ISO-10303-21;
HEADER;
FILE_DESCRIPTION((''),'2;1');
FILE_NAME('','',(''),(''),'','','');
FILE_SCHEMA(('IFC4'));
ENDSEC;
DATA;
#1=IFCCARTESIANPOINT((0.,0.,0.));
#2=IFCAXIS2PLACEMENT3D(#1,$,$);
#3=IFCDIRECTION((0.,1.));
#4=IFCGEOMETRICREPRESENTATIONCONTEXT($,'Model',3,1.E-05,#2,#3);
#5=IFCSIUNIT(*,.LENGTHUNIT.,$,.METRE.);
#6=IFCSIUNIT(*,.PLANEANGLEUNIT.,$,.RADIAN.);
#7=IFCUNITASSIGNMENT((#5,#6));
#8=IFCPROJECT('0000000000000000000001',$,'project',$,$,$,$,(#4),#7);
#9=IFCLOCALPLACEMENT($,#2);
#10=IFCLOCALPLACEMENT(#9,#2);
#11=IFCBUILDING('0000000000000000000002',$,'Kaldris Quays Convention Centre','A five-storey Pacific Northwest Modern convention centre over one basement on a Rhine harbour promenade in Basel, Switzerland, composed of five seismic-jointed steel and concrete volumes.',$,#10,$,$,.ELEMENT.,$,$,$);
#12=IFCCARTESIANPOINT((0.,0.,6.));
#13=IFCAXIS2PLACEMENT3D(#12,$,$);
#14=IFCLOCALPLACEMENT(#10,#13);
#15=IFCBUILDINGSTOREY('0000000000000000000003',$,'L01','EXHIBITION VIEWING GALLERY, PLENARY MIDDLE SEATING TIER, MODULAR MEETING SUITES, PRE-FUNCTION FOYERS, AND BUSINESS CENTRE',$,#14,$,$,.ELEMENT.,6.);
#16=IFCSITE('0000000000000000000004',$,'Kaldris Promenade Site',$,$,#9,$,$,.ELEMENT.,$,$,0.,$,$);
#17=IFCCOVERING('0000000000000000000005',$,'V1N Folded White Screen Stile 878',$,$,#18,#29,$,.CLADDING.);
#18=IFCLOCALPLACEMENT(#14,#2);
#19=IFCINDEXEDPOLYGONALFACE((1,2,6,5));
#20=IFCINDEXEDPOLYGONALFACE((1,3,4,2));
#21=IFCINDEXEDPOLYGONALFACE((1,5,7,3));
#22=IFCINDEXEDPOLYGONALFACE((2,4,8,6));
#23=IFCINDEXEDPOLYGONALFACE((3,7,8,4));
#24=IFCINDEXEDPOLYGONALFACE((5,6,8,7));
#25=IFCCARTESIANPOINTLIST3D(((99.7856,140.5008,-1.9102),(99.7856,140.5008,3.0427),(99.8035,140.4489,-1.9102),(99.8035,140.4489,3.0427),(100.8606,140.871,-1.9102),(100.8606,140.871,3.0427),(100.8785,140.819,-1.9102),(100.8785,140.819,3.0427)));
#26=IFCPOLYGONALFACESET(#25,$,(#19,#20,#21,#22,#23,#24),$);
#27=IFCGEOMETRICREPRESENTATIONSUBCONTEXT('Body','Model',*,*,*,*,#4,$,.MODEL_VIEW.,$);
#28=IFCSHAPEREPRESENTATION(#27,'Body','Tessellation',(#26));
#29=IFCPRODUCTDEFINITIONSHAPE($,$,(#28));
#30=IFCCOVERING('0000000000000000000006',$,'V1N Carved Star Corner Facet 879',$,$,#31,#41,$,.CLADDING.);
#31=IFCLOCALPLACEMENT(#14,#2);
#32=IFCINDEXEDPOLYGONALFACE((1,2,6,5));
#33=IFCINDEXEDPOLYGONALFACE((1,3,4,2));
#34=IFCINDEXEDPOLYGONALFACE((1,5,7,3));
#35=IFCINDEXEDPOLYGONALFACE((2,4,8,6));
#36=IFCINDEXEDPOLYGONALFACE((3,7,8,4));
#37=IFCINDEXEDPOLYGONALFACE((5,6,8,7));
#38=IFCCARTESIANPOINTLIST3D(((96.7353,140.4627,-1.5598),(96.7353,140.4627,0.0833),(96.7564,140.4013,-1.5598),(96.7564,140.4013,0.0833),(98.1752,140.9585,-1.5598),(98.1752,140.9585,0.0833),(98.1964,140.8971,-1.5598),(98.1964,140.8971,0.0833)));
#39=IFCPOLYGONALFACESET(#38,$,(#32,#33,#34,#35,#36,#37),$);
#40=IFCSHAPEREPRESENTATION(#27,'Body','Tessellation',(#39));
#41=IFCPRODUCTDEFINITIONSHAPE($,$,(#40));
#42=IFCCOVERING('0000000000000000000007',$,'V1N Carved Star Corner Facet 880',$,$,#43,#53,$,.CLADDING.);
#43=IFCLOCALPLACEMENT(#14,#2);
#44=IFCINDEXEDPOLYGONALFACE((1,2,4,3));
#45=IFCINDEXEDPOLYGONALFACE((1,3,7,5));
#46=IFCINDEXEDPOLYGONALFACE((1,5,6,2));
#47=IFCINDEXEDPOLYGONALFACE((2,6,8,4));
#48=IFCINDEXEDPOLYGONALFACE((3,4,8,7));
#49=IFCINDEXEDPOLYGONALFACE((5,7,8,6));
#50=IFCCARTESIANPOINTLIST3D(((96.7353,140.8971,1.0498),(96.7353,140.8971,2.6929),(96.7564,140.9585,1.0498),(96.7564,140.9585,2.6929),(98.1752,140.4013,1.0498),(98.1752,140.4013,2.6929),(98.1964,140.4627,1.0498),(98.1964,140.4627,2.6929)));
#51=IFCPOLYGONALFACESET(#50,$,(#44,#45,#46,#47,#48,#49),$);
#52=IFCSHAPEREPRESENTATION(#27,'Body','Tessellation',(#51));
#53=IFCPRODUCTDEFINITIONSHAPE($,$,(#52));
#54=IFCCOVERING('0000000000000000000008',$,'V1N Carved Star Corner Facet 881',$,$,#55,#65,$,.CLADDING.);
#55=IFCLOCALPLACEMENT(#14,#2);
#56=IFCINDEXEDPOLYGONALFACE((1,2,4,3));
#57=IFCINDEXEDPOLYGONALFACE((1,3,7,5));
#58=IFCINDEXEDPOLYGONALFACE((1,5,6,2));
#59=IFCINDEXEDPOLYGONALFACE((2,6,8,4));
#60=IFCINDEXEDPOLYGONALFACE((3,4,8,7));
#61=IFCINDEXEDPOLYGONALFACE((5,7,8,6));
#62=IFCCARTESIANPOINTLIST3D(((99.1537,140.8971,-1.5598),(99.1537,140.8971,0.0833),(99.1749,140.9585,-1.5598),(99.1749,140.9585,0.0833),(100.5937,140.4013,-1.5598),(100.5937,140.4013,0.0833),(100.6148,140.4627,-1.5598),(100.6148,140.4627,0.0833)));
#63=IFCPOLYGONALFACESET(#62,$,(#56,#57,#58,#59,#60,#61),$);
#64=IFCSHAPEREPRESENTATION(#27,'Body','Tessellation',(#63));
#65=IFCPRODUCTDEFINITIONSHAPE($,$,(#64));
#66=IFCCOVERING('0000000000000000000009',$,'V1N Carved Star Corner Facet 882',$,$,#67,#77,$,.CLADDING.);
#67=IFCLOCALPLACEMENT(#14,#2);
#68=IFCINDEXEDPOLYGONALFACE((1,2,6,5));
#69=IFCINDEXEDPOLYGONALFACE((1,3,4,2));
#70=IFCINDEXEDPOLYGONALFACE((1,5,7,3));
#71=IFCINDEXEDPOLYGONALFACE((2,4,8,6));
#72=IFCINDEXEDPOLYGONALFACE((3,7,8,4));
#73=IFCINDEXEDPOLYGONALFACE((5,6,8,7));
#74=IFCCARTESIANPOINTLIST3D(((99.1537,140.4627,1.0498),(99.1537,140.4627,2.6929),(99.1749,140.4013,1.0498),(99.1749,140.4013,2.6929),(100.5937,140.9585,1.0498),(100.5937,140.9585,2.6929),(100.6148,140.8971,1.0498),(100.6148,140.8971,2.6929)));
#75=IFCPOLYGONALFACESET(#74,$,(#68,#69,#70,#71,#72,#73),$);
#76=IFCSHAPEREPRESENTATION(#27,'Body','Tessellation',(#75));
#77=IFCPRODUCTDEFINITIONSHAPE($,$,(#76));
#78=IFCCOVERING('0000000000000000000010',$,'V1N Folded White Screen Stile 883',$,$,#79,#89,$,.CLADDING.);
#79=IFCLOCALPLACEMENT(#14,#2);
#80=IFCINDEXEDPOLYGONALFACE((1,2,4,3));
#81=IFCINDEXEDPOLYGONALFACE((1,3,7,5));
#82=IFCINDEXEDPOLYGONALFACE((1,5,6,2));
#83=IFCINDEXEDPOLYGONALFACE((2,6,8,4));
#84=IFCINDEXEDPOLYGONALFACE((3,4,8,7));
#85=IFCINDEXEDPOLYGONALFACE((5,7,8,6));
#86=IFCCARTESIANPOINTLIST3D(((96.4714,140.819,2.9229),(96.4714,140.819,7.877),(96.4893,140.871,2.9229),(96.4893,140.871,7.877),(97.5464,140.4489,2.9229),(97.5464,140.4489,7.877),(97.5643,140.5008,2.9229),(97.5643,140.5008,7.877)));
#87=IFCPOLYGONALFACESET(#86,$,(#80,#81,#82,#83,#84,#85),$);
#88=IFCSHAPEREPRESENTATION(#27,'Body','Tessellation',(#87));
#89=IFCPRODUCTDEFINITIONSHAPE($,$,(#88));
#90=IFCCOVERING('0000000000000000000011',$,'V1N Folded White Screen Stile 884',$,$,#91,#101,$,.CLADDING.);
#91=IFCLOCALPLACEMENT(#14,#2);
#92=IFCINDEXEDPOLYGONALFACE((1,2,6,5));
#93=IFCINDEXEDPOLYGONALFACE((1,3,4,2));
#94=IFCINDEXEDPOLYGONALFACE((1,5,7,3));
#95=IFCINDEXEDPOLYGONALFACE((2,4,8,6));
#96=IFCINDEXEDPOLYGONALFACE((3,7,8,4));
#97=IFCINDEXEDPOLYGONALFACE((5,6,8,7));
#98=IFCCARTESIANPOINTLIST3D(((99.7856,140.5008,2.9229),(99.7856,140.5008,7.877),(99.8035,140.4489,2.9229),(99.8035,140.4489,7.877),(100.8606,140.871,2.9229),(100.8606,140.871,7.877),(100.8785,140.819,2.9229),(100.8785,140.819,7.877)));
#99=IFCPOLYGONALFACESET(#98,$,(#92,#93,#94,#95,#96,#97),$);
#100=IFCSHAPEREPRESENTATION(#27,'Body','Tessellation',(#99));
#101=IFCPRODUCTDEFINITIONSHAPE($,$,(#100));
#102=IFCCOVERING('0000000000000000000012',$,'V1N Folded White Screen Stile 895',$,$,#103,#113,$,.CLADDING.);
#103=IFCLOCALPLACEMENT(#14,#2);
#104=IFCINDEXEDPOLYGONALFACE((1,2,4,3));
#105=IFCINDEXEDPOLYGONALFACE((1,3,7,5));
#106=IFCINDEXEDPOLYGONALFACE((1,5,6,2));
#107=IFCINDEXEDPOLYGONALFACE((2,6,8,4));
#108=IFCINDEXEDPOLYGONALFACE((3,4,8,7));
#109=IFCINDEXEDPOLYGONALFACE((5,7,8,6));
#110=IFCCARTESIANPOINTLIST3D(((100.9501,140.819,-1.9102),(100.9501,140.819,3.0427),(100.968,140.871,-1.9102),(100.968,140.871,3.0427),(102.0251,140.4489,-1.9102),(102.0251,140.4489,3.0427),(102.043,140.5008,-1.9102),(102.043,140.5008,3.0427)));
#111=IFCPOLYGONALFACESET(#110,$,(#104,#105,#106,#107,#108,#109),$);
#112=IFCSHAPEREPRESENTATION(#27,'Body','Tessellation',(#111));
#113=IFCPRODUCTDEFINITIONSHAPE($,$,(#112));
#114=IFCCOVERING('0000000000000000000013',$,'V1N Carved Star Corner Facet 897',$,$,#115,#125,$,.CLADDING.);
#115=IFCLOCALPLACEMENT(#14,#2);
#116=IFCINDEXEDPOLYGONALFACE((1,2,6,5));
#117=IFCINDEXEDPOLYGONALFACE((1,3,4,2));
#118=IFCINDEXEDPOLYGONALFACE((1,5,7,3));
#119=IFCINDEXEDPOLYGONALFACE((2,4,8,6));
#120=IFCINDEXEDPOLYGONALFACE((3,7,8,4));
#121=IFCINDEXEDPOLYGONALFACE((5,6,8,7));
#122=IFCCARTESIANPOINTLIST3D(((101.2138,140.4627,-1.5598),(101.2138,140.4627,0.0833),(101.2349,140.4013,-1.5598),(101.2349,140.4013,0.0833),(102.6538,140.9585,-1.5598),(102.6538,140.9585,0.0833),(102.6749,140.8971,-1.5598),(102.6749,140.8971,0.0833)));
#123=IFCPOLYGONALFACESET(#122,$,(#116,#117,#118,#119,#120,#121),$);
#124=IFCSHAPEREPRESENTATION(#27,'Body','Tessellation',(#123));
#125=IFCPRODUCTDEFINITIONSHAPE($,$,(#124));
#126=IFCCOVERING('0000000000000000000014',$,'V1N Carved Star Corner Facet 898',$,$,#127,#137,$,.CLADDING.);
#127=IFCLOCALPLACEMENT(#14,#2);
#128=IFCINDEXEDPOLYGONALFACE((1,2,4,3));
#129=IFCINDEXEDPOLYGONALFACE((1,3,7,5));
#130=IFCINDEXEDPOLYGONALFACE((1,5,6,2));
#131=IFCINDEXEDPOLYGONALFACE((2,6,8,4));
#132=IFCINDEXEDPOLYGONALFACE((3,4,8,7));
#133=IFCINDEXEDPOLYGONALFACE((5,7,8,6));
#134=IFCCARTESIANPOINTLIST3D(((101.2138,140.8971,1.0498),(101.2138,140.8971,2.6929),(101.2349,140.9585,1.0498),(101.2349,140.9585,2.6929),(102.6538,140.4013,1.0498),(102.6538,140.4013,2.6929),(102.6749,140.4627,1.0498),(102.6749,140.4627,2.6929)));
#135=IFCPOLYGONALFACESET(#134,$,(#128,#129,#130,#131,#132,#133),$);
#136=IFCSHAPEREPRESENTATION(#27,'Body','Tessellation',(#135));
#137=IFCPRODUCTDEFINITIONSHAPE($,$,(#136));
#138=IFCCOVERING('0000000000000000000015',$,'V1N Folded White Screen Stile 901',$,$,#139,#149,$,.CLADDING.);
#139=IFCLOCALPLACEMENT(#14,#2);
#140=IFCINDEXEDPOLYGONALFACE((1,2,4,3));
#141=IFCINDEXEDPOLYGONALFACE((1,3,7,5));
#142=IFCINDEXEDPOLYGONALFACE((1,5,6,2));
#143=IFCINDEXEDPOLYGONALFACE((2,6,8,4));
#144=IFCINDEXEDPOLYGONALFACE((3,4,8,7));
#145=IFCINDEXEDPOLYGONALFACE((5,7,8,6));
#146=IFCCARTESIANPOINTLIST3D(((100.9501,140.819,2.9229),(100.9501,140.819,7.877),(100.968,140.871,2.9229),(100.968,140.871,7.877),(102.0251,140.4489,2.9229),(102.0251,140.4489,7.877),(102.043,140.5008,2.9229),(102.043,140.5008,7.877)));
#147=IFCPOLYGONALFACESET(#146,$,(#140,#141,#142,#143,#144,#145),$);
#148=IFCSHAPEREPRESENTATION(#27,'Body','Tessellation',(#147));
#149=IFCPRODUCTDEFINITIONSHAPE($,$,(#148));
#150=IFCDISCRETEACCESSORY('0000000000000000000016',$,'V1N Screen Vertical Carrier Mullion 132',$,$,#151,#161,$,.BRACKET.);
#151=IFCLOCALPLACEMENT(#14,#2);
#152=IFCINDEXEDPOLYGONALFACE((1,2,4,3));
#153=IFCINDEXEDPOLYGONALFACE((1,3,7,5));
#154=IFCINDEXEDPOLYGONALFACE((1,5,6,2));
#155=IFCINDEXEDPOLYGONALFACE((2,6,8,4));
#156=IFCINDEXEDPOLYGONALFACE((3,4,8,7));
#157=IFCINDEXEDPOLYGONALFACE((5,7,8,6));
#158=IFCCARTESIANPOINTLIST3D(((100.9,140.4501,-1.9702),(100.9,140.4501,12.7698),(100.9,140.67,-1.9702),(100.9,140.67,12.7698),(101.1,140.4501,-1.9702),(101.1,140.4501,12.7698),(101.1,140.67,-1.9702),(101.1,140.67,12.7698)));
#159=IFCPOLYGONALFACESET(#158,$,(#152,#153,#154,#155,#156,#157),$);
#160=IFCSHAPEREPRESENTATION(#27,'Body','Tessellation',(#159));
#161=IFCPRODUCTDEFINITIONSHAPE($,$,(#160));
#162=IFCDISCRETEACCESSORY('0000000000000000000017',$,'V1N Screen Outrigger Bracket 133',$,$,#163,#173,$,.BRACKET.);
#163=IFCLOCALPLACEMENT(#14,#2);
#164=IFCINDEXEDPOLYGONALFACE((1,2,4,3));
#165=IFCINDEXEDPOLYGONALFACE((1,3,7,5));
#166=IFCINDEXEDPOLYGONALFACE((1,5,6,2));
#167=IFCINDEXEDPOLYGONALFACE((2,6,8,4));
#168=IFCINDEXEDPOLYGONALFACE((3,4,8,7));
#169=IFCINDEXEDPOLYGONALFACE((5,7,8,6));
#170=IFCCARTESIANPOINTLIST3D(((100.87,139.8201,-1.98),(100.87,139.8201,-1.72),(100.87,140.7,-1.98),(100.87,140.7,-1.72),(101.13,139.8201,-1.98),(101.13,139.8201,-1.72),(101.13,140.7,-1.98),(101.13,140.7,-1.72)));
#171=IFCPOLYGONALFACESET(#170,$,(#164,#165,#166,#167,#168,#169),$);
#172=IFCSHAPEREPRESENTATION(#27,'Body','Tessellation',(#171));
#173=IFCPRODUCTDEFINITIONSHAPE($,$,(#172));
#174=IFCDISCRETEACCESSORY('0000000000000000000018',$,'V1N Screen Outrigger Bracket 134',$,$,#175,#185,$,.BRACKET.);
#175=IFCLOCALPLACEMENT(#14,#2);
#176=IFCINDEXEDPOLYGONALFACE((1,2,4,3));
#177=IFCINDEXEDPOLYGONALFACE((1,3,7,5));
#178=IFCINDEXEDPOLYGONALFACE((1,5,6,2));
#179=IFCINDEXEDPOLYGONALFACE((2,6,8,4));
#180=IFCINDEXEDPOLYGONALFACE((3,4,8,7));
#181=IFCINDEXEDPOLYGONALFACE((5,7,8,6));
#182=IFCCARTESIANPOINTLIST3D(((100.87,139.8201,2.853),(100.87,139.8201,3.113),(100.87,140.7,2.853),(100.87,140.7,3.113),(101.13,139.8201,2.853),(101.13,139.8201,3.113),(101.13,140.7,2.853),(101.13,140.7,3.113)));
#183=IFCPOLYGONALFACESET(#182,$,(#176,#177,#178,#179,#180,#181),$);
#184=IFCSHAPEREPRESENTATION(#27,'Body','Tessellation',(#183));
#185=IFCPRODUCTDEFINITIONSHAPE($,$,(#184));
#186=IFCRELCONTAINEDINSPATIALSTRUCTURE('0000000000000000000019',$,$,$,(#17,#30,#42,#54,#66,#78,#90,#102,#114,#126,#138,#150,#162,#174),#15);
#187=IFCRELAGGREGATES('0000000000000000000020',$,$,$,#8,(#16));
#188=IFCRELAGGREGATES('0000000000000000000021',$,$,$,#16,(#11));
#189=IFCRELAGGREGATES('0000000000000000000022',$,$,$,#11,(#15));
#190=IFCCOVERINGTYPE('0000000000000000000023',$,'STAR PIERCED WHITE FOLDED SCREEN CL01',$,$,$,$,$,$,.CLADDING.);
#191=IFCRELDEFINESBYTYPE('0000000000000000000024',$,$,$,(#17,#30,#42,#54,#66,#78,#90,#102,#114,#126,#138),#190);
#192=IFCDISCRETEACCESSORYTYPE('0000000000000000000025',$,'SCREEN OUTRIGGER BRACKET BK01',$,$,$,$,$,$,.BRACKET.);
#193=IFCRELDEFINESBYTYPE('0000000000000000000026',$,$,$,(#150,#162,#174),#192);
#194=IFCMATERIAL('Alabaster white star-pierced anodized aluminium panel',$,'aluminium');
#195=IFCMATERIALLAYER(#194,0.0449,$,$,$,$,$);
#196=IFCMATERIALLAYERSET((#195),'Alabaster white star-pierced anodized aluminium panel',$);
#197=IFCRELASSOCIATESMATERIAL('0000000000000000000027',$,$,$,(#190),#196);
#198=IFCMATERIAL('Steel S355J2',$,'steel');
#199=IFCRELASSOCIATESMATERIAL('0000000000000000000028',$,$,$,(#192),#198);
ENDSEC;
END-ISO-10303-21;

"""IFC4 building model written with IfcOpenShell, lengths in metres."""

from ifc_helpers import new_model, si_unit, direction, frame, origin, origin_2d, place, context, subcontext, project, spatial, rectangle, extrude, material, layer, layer_set, type_object, element, save


model = new_model("IFC4")

# Units and contexts
model_context = context("Model", 3, precision=1e-05, world=origin(), true_north=direction((0.0, 1.0)))
body_context = subcontext(model_context, "Body", "Model", "MODEL_VIEW")
ifc_project = project(units=[si_unit("LENGTHUNIT", "METRE"), si_unit("PLANEANGLEUNIT", "RADIAN")], contexts=[model_context])

# Site, building, storey
site_placement = place(None, origin())
site = spatial("IfcSite", under=ifc_project, at=site_placement, Name="Kaldris Promenade Site", CompositionType="ELEMENT", RefElevation=0.0)
building_placement = place(site_placement, origin())
building = spatial("IfcBuilding", under=site, at=building_placement, Name="Kaldris Quays Convention Centre", Description="A five-storey Pacific Northwest Modern convention centre over one basement on a Rhine harbour promenade in Basel, Switzerland, composed of five seismic-jointed steel and concrete volumes.", CompositionType="ELEMENT")
storey_placement = place(building_placement, frame((0.0, 0.0, 6.0)))
storey = spatial("IfcBuildingStorey", under=building, at=storey_placement, Name="L01", Description="EXHIBITION VIEWING GALLERY, PLENARY MIDDLE SEATING TIER, MODULAR MEETING SUITES, PRE-FUNCTION FOYERS, AND BUSINESS CENTRE", CompositionType="ELEMENT", Elevation=6.0)

# Shared definitions
ifc_material_1 = material(Name="Steel S355J2", Category="steel")

# Coverings
ifc_material_2 = material(Name="Alabaster white star-pierced anodized aluminium panel", Category="aluminium")
ifc_layer = layer(ifc_material_2, 0.0449)
ifc_layer_set = layer_set([ifc_layer], Name="Alabaster white star-pierced anodized aluminium panel")
covering_type = type_object("IfcCoveringType", Name="STAR PIERCED WHITE FOLDED SCREEN CL01", PredefinedType="CLADDING", material=ifc_layer_set)
for number, where, z_axis, x_axis, name in (
    (1, (100.332, 140.6599, -1.9102), (0.0, 0.0, 1.0), (0.945519, 0.325568, 0.0), "V1N Folded White Screen Stile 878"),
):
    element("IfcCovering", number, at=place(storey_placement, frame(where, z_axis=z_axis, x_axis=x_axis)), inside=storey, type_object=covering_type, Name=name, PredefinedType="CLADDING", context=body_context, shape_type="SweptSolid", body=[
        extrude(rectangle(XDim=1.137, YDim=0.0549, at=origin_2d()), origin(), (0.0, 0.0, 1.0), 4.9529),
    ])
for number, where, z_axis, x_axis, name in (
    (2, (97.4658, 140.6799, -1.5598), (0.0, 0.0, 1.0), (0.945519, 0.325568, 0.0), "V1N Carved Star Corner Facet 879"),
    (3, (97.4658, 140.6799, 1.0498), (0.0, 0.0, 1.0), (0.945519, -0.325568, 0.0), "V1N Carved Star Corner Facet 880"),
    (4, (99.8843, 140.6799, -1.5598), (0.0, 0.0, 1.0), (0.945519, -0.325568, 0.0), "V1N Carved Star Corner Facet 881"),
    (5, (99.8843, 140.6799, 1.0498), (0.0, 0.0, 1.0), (0.945519, 0.325568, 0.0), "V1N Carved Star Corner Facet 882"),
):
    element("IfcCovering", number, at=place(storey_placement, frame(where, z_axis=z_axis, x_axis=x_axis)), inside=storey, type_object=covering_type, Name=name, PredefinedType="CLADDING", context=body_context, shape_type="SweptSolid", body=[
        extrude(rectangle(XDim=1.5229, YDim=0.0649, at=origin_2d()), origin(), (0.0, 0.0, 1.0), 1.6431),
    ])
for number, where, z_axis, x_axis, name in (
    (6, (97.0178, 140.6599, 2.9229), (0.0, 0.0, 1.0), (0.945519, -0.325568, 0.0), "V1N Folded White Screen Stile 883"),
    (7, (100.332, 140.6599, 2.9229), (0.0, 0.0, 1.0), (0.945519, 0.325568, 0.0), "V1N Folded White Screen Stile 884"),
):
    element("IfcCovering", number, at=place(storey_placement, frame(where, z_axis=z_axis, x_axis=x_axis)), inside=storey, type_object=covering_type, Name=name, PredefinedType="CLADDING", context=body_context, shape_type="SweptSolid", body=[
        extrude(rectangle(XDim=1.137, YDim=0.0549, at=origin_2d()), origin(), (0.0, 0.0, 1.0), 4.9541),
    ])
covering_1_placement = place(storey_placement, frame((101.4966, 140.6599, -1.9102), z_axis=(0.0, 0.0, 1.0), x_axis=(0.945519, -0.325568, 0.0)))
element("IfcCovering", 8, at=covering_1_placement, inside=storey, type_object=covering_type, Name="V1N Folded White Screen Stile 895", PredefinedType="CLADDING", context=body_context, shape_type="SweptSolid", body=[
    extrude(rectangle(XDim=1.137, YDim=0.0549, at=origin_2d()), origin(), (0.0, 0.0, 1.0), 4.9529),
])
for number, where, z_axis, x_axis, name in (
    (9, (101.9443, 140.6799, -1.5598), (0.0, 0.0, 1.0), (0.945519, 0.325568, 0.0), "V1N Carved Star Corner Facet 897"),
    (10, (101.9443, 140.6799, 1.0498), (0.0, 0.0, 1.0), (0.945519, -0.325568, 0.0), "V1N Carved Star Corner Facet 898"),
):
    element("IfcCovering", number, at=place(storey_placement, frame(where, z_axis=z_axis, x_axis=x_axis)), inside=storey, type_object=covering_type, Name=name, PredefinedType="CLADDING", context=body_context, shape_type="SweptSolid", body=[
        extrude(rectangle(XDim=1.5229, YDim=0.0649, at=origin_2d()), origin(), (0.0, 0.0, 1.0), 1.6431),
    ])
covering_2_placement = place(storey_placement, frame((101.4966, 140.6599, 2.9229), z_axis=(0.0, 0.0, 1.0), x_axis=(0.945519, -0.325568, 0.0)))
element("IfcCovering", 11, at=covering_2_placement, inside=storey, type_object=covering_type, Name="V1N Folded White Screen Stile 901", PredefinedType="CLADDING", context=body_context, shape_type="SweptSolid", body=[
    extrude(rectangle(XDim=1.137, YDim=0.0549, at=origin_2d()), origin(), (0.0, 0.0, 1.0), 4.9541),
])

# Discrete accessories
discrete_accessory_type = type_object("IfcDiscreteAccessoryType", Name="SCREEN OUTRIGGER BRACKET BK01", PredefinedType="BRACKET", material=ifc_material_1)
discrete_accessory_placement = place(storey_placement, frame((101.0, 140.5601, -1.9702), z_axis=(0.0, 0.0, 1.0), x_axis=(1.0, 0.0, 0.0)))
element("IfcDiscreteAccessory", 12, at=discrete_accessory_placement, inside=storey, type_object=discrete_accessory_type, Name="V1N Screen Vertical Carrier Mullion 132", PredefinedType="BRACKET", context=body_context, shape_type="SweptSolid", body=[
    extrude(rectangle(XDim=0.2, YDim=0.22, at=origin_2d()), origin(), (0.0, 0.0, 1.0), 14.74),
])
for number, where, z_axis, x_axis, name in (
    (13, (101.0, 140.26, -1.98), (0.0, 0.0, 1.0), (1.0, 0.0, 0.0), "V1N Screen Outrigger Bracket 133"),
    (14, (101.0, 140.26, 2.853), (0.0, 0.0, 1.0), (1.0, 0.0, 0.0), "V1N Screen Outrigger Bracket 134"),
):
    element("IfcDiscreteAccessory", number, at=place(storey_placement, frame(where, z_axis=z_axis, x_axis=x_axis)), inside=storey, type_object=discrete_accessory_type, Name=name, PredefinedType="BRACKET", context=body_context, shape_type="SweptSolid", body=[
        extrude(rectangle(XDim=0.26, YDim=0.8799, at=origin_2d()), origin(), (0.0, 0.0, 1.0), 0.26),
    ])

save(model, "model.ifc")
